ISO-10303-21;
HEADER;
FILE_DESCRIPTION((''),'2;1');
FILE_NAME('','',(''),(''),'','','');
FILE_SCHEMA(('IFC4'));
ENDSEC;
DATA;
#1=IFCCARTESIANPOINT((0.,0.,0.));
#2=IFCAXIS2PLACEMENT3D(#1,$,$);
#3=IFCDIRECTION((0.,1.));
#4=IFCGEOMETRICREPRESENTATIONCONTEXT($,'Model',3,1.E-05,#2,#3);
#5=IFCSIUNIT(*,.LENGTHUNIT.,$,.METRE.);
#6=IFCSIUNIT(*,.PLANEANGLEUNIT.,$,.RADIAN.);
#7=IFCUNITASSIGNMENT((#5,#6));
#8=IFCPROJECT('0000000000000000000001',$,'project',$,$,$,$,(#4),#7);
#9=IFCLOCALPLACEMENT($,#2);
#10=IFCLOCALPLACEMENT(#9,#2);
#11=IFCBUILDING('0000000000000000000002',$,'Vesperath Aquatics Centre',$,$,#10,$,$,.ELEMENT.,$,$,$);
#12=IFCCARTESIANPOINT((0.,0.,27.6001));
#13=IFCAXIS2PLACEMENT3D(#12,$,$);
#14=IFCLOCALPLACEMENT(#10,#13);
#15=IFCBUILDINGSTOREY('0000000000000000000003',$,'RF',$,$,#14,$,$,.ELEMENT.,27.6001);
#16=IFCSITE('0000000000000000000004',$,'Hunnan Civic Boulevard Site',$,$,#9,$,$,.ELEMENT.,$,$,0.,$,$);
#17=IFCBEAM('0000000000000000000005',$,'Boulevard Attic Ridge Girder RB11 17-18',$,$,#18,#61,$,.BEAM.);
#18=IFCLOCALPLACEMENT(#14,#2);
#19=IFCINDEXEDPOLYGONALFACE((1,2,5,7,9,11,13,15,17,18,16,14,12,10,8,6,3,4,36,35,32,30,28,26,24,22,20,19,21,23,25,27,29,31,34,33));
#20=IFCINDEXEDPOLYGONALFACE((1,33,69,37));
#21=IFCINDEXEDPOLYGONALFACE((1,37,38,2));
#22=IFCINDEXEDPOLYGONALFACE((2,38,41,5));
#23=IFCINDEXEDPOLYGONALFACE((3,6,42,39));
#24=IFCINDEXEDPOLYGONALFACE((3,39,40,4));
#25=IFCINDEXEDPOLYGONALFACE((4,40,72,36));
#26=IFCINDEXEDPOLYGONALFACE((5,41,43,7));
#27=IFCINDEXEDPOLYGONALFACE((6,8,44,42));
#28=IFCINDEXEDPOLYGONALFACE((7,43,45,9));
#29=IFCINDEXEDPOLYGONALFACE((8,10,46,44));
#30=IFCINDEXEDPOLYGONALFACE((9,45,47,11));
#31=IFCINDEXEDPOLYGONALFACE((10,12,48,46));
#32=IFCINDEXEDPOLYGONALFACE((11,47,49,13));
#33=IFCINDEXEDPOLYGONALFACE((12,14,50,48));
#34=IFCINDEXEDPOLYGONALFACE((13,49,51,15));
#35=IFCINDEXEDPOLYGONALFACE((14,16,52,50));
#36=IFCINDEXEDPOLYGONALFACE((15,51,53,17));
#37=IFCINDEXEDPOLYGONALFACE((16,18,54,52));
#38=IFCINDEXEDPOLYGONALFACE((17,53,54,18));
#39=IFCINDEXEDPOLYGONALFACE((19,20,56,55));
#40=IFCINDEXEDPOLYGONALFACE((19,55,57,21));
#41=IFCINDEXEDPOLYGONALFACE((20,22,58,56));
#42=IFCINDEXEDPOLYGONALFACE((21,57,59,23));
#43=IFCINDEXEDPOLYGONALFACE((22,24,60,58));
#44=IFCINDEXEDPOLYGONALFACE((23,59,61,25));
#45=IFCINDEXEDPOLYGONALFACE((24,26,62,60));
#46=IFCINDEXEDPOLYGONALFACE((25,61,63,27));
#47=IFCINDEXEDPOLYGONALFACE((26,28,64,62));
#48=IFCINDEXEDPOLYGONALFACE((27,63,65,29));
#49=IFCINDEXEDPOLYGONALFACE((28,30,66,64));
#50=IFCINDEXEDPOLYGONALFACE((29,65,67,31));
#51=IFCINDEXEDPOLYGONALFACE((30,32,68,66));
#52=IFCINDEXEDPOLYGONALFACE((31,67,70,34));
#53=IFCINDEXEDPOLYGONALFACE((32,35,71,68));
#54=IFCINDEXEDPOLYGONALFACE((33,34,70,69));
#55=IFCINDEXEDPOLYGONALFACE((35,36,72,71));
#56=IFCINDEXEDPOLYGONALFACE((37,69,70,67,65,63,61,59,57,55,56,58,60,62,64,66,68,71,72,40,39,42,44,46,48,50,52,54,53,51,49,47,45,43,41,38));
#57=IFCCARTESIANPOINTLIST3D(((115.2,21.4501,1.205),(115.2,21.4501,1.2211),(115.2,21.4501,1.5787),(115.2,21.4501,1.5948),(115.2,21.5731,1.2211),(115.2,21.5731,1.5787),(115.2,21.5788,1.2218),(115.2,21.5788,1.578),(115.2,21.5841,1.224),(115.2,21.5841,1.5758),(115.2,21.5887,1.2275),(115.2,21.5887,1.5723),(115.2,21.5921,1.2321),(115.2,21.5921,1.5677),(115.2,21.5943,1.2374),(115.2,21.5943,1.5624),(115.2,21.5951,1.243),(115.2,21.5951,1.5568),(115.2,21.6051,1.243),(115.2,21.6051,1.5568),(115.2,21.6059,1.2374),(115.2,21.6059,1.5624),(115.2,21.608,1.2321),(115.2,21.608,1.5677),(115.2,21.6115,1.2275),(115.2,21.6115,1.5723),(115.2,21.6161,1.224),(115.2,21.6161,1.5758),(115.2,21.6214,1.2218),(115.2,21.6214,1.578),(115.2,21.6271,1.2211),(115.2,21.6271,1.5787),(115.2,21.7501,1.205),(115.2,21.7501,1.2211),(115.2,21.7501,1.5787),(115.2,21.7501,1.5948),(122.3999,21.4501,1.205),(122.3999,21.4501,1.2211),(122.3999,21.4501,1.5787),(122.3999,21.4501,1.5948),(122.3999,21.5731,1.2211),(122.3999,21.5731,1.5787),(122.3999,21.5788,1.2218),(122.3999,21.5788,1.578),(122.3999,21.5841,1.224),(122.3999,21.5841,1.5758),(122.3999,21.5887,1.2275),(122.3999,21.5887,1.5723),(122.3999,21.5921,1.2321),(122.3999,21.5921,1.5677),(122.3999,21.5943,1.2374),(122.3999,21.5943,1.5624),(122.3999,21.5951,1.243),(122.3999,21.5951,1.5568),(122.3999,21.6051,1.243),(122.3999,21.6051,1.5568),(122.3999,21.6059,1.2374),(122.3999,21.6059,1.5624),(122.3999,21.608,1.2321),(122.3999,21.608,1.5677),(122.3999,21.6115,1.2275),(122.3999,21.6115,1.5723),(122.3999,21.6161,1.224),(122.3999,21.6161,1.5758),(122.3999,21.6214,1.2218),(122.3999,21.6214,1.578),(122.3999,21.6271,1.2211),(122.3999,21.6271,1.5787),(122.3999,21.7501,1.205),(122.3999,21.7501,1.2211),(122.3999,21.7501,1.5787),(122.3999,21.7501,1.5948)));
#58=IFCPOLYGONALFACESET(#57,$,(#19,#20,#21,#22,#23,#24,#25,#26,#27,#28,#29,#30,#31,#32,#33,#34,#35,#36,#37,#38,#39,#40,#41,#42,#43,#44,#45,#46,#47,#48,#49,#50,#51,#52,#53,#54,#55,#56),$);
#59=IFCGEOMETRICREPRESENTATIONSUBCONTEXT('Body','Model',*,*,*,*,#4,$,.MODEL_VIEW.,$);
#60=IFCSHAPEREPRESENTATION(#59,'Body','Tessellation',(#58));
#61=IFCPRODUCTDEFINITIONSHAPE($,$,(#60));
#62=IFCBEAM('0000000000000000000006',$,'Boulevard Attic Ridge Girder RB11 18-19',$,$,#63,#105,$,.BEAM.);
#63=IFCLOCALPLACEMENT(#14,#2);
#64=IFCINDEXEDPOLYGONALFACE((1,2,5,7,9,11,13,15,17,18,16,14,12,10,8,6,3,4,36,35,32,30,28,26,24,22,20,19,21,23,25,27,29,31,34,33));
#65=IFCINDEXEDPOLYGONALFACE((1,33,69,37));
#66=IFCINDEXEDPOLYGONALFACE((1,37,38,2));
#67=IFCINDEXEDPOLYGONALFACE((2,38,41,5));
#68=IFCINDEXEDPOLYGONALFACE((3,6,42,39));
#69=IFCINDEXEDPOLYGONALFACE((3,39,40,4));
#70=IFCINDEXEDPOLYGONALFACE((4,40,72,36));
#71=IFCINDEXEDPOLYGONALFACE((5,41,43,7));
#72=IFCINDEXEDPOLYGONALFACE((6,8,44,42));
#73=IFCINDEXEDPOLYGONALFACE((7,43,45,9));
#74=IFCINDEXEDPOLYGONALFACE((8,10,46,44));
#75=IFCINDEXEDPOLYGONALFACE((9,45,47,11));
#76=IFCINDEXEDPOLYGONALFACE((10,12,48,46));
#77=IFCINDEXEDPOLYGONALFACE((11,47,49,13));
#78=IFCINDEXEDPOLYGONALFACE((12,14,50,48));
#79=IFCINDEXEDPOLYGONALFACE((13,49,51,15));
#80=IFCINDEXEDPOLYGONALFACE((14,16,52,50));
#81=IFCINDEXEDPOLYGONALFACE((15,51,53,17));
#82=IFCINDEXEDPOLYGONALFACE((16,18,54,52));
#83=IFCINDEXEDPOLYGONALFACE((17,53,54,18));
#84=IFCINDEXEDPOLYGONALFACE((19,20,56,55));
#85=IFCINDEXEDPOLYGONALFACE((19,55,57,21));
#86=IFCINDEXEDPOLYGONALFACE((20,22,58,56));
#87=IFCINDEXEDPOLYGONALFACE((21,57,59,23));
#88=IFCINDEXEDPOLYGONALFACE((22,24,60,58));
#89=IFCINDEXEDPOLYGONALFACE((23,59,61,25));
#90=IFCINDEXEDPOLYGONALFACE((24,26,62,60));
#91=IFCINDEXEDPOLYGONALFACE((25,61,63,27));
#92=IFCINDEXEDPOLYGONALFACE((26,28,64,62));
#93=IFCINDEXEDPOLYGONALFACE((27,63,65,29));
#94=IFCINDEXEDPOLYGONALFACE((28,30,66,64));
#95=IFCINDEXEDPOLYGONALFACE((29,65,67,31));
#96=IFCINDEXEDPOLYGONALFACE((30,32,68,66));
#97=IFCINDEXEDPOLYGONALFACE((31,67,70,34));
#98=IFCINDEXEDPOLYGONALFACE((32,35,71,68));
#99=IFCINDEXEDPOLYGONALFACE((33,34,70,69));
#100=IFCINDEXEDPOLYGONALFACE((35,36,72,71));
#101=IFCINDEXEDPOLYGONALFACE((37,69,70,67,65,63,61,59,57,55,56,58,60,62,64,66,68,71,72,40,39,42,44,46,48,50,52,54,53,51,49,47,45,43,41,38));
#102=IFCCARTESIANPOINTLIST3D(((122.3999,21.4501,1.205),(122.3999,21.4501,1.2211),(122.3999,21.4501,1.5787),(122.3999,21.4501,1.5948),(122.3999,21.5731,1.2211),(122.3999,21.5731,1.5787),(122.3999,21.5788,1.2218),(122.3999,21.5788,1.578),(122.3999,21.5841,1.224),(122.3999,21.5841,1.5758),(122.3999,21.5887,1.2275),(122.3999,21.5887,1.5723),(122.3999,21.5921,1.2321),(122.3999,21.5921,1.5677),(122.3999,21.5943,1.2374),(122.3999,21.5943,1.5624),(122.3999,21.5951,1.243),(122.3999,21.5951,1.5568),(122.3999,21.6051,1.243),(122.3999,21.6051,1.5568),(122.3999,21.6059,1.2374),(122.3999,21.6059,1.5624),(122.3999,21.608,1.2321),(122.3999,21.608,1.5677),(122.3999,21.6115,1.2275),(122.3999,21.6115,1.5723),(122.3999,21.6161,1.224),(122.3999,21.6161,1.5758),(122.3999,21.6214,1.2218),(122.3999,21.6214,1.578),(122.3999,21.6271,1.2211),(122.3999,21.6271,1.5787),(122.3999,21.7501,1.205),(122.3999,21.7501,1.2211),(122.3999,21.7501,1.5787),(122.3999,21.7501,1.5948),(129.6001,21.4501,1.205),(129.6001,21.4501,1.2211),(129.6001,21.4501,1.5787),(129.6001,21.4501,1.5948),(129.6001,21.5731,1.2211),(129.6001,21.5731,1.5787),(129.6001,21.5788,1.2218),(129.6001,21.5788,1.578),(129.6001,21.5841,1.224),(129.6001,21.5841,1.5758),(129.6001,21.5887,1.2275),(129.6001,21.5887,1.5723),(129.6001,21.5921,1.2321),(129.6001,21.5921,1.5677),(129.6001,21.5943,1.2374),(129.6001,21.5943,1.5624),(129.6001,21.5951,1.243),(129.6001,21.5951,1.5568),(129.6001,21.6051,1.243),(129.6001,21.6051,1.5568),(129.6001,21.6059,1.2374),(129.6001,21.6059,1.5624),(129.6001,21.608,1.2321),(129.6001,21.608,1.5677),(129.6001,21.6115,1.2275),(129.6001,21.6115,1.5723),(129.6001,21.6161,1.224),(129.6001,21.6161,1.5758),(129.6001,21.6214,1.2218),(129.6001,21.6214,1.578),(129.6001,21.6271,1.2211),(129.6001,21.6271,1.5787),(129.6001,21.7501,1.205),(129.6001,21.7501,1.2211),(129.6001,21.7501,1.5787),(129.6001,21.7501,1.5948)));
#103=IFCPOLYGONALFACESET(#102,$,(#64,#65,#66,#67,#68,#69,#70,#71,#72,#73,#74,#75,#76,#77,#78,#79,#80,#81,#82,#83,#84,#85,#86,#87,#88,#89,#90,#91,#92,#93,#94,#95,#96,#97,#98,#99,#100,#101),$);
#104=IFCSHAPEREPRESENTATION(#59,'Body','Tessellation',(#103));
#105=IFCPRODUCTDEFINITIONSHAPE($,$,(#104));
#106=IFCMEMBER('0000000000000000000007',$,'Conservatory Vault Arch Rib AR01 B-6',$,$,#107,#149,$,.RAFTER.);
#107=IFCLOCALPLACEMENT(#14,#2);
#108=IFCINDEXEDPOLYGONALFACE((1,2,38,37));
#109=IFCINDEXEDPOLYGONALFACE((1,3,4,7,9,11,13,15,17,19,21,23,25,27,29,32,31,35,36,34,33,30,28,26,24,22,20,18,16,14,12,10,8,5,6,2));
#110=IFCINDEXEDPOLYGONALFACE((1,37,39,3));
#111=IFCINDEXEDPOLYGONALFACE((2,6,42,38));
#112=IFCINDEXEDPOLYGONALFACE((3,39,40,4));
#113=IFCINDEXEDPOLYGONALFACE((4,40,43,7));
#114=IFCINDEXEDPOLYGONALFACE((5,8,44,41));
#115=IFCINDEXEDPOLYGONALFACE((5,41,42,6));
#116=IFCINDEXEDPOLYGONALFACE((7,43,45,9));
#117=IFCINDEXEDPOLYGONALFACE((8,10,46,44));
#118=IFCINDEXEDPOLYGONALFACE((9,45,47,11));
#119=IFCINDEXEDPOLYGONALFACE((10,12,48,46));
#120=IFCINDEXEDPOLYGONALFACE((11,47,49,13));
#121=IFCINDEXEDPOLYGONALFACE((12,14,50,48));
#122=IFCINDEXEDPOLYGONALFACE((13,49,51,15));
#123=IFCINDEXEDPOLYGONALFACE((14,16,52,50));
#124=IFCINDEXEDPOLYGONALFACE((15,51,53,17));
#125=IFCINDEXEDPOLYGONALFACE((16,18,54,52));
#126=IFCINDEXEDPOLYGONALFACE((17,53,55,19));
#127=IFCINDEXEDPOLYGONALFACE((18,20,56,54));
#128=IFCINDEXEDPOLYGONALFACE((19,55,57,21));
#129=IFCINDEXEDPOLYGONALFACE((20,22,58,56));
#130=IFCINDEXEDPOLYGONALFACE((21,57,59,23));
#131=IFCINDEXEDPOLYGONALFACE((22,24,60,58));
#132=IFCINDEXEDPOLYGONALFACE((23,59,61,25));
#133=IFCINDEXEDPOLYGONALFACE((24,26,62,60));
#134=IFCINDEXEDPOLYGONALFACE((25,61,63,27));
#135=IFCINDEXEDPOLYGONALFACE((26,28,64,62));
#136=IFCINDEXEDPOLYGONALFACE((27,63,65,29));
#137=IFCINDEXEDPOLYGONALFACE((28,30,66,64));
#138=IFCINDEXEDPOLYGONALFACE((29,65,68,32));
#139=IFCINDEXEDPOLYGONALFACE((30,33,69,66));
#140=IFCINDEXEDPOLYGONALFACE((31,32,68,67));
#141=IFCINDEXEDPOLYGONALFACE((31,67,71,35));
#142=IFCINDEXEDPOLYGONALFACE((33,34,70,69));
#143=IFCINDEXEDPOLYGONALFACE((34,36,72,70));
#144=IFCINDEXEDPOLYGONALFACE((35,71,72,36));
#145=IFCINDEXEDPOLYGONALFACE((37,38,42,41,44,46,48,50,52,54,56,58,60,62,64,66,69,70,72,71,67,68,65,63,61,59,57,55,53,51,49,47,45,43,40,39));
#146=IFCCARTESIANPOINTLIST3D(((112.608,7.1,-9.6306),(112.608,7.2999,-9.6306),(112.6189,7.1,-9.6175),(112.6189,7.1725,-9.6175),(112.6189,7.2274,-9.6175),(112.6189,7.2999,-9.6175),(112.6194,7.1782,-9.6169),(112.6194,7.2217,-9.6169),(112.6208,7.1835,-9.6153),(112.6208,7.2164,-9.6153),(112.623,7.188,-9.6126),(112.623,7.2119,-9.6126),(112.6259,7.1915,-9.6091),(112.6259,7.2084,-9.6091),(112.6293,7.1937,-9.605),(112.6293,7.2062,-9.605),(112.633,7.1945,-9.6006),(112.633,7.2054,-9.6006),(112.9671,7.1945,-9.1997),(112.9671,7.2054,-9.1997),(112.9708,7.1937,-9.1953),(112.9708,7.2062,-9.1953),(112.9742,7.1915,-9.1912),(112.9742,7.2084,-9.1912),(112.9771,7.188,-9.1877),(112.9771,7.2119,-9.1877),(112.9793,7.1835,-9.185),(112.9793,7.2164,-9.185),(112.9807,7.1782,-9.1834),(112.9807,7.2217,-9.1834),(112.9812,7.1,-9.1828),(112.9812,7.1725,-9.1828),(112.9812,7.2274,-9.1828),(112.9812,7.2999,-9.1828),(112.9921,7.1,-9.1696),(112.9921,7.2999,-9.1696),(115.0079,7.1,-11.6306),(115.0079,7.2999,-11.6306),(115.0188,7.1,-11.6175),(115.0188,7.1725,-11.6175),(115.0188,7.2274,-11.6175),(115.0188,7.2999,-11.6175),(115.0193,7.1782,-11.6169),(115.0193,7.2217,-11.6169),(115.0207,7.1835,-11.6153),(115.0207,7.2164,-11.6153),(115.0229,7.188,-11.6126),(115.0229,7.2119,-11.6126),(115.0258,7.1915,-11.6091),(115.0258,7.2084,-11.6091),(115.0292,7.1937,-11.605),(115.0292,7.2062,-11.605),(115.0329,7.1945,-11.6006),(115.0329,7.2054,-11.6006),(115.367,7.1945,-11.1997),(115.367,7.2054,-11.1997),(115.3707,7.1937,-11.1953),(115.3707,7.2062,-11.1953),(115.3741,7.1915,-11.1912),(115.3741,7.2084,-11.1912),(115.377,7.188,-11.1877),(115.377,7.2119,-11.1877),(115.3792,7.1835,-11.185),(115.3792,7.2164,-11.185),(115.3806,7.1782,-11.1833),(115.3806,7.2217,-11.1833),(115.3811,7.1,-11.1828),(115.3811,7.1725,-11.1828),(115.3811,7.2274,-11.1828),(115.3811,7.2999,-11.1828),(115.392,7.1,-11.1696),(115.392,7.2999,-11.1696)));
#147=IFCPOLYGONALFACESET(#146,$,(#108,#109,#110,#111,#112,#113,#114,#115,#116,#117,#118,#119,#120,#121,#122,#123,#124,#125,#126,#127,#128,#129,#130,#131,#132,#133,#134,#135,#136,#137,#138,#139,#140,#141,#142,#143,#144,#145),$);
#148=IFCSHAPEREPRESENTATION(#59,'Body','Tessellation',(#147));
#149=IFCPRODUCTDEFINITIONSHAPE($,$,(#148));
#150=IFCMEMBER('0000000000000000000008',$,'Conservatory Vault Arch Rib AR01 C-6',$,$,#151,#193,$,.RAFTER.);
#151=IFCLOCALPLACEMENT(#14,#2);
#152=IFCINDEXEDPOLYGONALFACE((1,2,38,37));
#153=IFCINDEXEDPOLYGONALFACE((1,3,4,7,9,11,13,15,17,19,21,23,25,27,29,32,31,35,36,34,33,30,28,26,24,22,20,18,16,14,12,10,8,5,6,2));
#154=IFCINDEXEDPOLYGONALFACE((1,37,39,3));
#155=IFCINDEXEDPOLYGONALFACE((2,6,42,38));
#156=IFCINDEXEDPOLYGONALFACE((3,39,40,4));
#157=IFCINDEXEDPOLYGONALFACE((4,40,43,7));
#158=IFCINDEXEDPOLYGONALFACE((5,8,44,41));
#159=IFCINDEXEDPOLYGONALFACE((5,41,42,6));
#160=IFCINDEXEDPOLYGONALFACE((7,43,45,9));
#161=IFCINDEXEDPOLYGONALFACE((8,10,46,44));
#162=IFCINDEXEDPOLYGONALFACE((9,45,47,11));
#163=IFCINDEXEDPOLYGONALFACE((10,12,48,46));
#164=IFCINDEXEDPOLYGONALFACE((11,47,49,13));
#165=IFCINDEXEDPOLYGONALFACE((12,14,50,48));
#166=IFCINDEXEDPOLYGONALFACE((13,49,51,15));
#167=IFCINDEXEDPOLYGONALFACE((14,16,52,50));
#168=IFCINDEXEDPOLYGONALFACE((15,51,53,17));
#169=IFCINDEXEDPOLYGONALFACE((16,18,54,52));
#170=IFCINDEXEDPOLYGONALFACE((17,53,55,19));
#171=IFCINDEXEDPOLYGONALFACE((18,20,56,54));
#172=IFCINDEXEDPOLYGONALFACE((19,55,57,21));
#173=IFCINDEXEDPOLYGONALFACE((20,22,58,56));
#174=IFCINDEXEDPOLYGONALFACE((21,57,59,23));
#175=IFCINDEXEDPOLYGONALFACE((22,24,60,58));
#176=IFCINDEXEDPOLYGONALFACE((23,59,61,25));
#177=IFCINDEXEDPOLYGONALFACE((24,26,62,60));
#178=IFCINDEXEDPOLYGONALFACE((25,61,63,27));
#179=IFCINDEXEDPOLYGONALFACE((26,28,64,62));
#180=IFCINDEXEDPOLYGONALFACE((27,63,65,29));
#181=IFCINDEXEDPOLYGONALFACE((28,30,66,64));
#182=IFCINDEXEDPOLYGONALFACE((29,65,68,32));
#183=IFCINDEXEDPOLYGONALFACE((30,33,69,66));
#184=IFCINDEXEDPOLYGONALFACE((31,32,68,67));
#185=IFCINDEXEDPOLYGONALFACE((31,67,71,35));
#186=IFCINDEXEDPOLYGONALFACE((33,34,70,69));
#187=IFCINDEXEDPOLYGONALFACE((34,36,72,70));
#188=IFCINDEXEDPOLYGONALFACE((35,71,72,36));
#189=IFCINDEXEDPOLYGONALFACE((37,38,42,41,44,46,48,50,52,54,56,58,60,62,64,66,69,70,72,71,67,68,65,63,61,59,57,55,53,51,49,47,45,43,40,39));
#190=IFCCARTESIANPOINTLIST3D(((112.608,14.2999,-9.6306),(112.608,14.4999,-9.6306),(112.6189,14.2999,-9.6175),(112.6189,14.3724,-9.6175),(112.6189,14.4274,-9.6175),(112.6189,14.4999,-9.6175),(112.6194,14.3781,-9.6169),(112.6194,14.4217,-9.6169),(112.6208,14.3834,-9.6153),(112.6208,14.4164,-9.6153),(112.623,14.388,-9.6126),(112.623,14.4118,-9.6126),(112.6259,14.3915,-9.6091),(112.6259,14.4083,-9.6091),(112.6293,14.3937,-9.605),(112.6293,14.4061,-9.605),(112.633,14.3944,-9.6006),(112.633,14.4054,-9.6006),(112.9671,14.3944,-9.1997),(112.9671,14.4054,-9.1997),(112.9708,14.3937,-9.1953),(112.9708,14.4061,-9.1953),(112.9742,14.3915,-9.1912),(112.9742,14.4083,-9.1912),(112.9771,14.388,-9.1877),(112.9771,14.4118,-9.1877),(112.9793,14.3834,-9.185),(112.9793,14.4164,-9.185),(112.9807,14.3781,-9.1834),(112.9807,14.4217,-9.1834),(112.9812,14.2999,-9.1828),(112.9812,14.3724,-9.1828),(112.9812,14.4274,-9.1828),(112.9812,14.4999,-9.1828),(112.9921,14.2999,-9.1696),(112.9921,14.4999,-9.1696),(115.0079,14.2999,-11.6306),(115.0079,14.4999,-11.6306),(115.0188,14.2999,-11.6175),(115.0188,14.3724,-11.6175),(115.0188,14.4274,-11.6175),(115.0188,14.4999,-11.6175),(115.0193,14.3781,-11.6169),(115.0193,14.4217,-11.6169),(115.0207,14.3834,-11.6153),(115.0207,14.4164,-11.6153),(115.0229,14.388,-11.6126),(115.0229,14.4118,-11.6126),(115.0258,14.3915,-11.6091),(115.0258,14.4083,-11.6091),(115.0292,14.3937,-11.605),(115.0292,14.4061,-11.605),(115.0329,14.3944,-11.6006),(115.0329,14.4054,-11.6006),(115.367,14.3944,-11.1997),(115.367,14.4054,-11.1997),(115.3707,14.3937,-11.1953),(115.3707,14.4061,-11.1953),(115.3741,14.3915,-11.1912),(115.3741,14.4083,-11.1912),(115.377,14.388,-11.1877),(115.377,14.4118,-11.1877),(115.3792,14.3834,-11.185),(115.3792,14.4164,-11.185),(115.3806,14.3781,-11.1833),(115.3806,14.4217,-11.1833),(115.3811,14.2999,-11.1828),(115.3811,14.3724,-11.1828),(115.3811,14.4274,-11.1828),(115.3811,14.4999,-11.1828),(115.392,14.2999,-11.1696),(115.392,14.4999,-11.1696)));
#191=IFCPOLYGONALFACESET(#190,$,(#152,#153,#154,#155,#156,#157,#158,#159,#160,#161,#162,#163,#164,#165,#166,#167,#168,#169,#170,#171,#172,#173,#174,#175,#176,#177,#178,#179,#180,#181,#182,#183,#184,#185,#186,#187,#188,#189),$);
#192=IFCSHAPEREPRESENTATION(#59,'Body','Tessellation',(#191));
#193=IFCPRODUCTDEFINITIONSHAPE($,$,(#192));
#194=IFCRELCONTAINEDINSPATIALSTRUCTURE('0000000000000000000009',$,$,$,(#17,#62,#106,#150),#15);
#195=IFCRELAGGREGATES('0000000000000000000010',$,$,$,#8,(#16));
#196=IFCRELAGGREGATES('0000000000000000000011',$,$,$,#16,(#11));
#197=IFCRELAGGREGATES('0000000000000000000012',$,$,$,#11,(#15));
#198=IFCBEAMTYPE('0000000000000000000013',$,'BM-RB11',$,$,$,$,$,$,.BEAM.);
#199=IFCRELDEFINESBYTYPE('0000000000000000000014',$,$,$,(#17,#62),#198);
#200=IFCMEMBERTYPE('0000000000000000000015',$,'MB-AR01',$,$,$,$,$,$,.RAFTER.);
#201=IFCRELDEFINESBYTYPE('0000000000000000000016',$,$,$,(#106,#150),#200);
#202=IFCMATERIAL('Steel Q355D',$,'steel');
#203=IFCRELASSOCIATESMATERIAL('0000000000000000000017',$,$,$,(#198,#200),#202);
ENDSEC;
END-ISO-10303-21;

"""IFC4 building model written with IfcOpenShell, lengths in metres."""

from ifc_helpers import new_model, si_unit, direction, frame, origin, origin_2d, place, context, subcontext, project, spatial, i_section, extrude, material, material_profile, profile_set, type_object, element, save


model = new_model("IFC4")

# Units and contexts
model_context = context("Model", 3, precision=1e-05, world=origin(), true_north=direction((0.0, 1.0)))
body_context = subcontext(model_context, "Body", "Model", "MODEL_VIEW")
ifc_project = project(units=[si_unit("LENGTHUNIT", "METRE"), si_unit("PLANEANGLEUNIT", "RADIAN")], contexts=[model_context])

# Site, building, storey
site_placement = place(None, origin())
site = spatial("IfcSite", under=ifc_project, at=site_placement, Name="Hunnan Civic Boulevard Site", CompositionType="ELEMENT", RefElevation=0.0)
building_placement = place(site_placement, origin())
building = spatial("IfcBuilding", under=site, at=building_placement, Name="Vesperath Aquatics Centre", CompositionType="ELEMENT")
storey_placement = place(building_placement, frame((0.0, 0.0, 27.6001)))
storey = spatial("IfcBuildingStorey", under=building, at=storey_placement, Name="RF", CompositionType="ELEMENT", Elevation=27.6001)

# Beams
ifc_material_1 = material(Name="Steel Q355D", Category="steel")
ifc_material_profile_1 = material_profile(ifc_material_1, i_section(OverallWidth=0.3, OverallDepth=0.3899, WebThickness=0.01, FlangeThickness=0.0161, FilletRadius=0.022, at=origin_2d()), Name="HM 390x300x10x16")
ifc_profile_set_1 = profile_set([ifc_material_profile_1], Name="Steel Q355D")
beam_type_1 = type_object("IfcBeamType", Name="BM-RB11", PredefinedType="BEAM", material=ifc_profile_set_1)
beam_1_placement = place(storey_placement, frame((115.2, 21.6001, 1.3999), z_axis=(1.0, 0.0, 0.0), x_axis=(0.0, 1.0, 0.0)))
element("IfcBeam", 1, at=beam_1_placement, inside=storey, type_object=beam_type_1, Name="Boulevard Attic Ridge Girder RB11 17-18", PredefinedType="BEAM", context=body_context, shape_type="SweptSolid", body=[
    extrude(i_section(OverallWidth=0.3, OverallDepth=0.3899, WebThickness=0.01, FlangeThickness=0.0161, FilletRadius=0.022, at=origin_2d()), origin(), (0.0, 0.0, 1.0), 7.2),
])
beam_2_placement = place(storey_placement, frame((122.3999, 21.6001, 1.3999), z_axis=(1.0, 0.0, 0.0), x_axis=(0.0, 1.0, 0.0)))
element("IfcBeam", 2, at=beam_2_placement, inside=storey, type_object=beam_type_1, Name="Boulevard Attic Ridge Girder RB11 18-19", PredefinedType="BEAM", context=body_context, shape_type="SweptSolid", body=[
    extrude(i_section(OverallWidth=0.3, OverallDepth=0.3899, WebThickness=0.01, FlangeThickness=0.0161, FilletRadius=0.022, at=origin_2d()), origin(), (0.0, 0.0, 1.0), 7.2002),
])

# Members
ifc_material_profile_2 = material_profile(ifc_material_1, i_section(OverallWidth=0.2, OverallDepth=0.6001, WebThickness=0.011, FlangeThickness=0.0171, FilletRadius=0.022, at=origin_2d()), Name="HN 600x200x11x17")
ifc_profile_set_2 = profile_set([ifc_material_profile_2], Name="Steel Q355D")
member_type_1 = type_object("IfcMemberType", Name="MB-AR01", PredefinedType="RAFTER", material=ifc_profile_set_2)
for number, where, z_axis, x_axis, name in (
    (3, (112.8, 7.2, -9.4001), (0.768208, 0.0, -0.6402), (0.0, 1.0, 0.0), "Conservatory Vault Arch Rib AR01 B-6"),
    (4, (112.8, 14.3999, -9.4001), (0.768208, 0.0, -0.6402), (0.0, 1.0, 0.0), "Conservatory Vault Arch Rib AR01 C-6"),
):
    element("IfcMember", number, at=place(storey_placement, frame(where, z_axis=z_axis, x_axis=x_axis)), inside=storey, type_object=member_type_1, Name=name, PredefinedType="RAFTER", context=body_context, shape_type="SweptSolid", body=[
        extrude(i_section(OverallWidth=0.2, OverallDepth=0.6001, WebThickness=0.011, FlangeThickness=0.0171, FilletRadius=0.022, at=origin_2d()), origin(), (0.0, 0.0, 1.0), 3.124),
    ])

save(model, "model.ifc")
